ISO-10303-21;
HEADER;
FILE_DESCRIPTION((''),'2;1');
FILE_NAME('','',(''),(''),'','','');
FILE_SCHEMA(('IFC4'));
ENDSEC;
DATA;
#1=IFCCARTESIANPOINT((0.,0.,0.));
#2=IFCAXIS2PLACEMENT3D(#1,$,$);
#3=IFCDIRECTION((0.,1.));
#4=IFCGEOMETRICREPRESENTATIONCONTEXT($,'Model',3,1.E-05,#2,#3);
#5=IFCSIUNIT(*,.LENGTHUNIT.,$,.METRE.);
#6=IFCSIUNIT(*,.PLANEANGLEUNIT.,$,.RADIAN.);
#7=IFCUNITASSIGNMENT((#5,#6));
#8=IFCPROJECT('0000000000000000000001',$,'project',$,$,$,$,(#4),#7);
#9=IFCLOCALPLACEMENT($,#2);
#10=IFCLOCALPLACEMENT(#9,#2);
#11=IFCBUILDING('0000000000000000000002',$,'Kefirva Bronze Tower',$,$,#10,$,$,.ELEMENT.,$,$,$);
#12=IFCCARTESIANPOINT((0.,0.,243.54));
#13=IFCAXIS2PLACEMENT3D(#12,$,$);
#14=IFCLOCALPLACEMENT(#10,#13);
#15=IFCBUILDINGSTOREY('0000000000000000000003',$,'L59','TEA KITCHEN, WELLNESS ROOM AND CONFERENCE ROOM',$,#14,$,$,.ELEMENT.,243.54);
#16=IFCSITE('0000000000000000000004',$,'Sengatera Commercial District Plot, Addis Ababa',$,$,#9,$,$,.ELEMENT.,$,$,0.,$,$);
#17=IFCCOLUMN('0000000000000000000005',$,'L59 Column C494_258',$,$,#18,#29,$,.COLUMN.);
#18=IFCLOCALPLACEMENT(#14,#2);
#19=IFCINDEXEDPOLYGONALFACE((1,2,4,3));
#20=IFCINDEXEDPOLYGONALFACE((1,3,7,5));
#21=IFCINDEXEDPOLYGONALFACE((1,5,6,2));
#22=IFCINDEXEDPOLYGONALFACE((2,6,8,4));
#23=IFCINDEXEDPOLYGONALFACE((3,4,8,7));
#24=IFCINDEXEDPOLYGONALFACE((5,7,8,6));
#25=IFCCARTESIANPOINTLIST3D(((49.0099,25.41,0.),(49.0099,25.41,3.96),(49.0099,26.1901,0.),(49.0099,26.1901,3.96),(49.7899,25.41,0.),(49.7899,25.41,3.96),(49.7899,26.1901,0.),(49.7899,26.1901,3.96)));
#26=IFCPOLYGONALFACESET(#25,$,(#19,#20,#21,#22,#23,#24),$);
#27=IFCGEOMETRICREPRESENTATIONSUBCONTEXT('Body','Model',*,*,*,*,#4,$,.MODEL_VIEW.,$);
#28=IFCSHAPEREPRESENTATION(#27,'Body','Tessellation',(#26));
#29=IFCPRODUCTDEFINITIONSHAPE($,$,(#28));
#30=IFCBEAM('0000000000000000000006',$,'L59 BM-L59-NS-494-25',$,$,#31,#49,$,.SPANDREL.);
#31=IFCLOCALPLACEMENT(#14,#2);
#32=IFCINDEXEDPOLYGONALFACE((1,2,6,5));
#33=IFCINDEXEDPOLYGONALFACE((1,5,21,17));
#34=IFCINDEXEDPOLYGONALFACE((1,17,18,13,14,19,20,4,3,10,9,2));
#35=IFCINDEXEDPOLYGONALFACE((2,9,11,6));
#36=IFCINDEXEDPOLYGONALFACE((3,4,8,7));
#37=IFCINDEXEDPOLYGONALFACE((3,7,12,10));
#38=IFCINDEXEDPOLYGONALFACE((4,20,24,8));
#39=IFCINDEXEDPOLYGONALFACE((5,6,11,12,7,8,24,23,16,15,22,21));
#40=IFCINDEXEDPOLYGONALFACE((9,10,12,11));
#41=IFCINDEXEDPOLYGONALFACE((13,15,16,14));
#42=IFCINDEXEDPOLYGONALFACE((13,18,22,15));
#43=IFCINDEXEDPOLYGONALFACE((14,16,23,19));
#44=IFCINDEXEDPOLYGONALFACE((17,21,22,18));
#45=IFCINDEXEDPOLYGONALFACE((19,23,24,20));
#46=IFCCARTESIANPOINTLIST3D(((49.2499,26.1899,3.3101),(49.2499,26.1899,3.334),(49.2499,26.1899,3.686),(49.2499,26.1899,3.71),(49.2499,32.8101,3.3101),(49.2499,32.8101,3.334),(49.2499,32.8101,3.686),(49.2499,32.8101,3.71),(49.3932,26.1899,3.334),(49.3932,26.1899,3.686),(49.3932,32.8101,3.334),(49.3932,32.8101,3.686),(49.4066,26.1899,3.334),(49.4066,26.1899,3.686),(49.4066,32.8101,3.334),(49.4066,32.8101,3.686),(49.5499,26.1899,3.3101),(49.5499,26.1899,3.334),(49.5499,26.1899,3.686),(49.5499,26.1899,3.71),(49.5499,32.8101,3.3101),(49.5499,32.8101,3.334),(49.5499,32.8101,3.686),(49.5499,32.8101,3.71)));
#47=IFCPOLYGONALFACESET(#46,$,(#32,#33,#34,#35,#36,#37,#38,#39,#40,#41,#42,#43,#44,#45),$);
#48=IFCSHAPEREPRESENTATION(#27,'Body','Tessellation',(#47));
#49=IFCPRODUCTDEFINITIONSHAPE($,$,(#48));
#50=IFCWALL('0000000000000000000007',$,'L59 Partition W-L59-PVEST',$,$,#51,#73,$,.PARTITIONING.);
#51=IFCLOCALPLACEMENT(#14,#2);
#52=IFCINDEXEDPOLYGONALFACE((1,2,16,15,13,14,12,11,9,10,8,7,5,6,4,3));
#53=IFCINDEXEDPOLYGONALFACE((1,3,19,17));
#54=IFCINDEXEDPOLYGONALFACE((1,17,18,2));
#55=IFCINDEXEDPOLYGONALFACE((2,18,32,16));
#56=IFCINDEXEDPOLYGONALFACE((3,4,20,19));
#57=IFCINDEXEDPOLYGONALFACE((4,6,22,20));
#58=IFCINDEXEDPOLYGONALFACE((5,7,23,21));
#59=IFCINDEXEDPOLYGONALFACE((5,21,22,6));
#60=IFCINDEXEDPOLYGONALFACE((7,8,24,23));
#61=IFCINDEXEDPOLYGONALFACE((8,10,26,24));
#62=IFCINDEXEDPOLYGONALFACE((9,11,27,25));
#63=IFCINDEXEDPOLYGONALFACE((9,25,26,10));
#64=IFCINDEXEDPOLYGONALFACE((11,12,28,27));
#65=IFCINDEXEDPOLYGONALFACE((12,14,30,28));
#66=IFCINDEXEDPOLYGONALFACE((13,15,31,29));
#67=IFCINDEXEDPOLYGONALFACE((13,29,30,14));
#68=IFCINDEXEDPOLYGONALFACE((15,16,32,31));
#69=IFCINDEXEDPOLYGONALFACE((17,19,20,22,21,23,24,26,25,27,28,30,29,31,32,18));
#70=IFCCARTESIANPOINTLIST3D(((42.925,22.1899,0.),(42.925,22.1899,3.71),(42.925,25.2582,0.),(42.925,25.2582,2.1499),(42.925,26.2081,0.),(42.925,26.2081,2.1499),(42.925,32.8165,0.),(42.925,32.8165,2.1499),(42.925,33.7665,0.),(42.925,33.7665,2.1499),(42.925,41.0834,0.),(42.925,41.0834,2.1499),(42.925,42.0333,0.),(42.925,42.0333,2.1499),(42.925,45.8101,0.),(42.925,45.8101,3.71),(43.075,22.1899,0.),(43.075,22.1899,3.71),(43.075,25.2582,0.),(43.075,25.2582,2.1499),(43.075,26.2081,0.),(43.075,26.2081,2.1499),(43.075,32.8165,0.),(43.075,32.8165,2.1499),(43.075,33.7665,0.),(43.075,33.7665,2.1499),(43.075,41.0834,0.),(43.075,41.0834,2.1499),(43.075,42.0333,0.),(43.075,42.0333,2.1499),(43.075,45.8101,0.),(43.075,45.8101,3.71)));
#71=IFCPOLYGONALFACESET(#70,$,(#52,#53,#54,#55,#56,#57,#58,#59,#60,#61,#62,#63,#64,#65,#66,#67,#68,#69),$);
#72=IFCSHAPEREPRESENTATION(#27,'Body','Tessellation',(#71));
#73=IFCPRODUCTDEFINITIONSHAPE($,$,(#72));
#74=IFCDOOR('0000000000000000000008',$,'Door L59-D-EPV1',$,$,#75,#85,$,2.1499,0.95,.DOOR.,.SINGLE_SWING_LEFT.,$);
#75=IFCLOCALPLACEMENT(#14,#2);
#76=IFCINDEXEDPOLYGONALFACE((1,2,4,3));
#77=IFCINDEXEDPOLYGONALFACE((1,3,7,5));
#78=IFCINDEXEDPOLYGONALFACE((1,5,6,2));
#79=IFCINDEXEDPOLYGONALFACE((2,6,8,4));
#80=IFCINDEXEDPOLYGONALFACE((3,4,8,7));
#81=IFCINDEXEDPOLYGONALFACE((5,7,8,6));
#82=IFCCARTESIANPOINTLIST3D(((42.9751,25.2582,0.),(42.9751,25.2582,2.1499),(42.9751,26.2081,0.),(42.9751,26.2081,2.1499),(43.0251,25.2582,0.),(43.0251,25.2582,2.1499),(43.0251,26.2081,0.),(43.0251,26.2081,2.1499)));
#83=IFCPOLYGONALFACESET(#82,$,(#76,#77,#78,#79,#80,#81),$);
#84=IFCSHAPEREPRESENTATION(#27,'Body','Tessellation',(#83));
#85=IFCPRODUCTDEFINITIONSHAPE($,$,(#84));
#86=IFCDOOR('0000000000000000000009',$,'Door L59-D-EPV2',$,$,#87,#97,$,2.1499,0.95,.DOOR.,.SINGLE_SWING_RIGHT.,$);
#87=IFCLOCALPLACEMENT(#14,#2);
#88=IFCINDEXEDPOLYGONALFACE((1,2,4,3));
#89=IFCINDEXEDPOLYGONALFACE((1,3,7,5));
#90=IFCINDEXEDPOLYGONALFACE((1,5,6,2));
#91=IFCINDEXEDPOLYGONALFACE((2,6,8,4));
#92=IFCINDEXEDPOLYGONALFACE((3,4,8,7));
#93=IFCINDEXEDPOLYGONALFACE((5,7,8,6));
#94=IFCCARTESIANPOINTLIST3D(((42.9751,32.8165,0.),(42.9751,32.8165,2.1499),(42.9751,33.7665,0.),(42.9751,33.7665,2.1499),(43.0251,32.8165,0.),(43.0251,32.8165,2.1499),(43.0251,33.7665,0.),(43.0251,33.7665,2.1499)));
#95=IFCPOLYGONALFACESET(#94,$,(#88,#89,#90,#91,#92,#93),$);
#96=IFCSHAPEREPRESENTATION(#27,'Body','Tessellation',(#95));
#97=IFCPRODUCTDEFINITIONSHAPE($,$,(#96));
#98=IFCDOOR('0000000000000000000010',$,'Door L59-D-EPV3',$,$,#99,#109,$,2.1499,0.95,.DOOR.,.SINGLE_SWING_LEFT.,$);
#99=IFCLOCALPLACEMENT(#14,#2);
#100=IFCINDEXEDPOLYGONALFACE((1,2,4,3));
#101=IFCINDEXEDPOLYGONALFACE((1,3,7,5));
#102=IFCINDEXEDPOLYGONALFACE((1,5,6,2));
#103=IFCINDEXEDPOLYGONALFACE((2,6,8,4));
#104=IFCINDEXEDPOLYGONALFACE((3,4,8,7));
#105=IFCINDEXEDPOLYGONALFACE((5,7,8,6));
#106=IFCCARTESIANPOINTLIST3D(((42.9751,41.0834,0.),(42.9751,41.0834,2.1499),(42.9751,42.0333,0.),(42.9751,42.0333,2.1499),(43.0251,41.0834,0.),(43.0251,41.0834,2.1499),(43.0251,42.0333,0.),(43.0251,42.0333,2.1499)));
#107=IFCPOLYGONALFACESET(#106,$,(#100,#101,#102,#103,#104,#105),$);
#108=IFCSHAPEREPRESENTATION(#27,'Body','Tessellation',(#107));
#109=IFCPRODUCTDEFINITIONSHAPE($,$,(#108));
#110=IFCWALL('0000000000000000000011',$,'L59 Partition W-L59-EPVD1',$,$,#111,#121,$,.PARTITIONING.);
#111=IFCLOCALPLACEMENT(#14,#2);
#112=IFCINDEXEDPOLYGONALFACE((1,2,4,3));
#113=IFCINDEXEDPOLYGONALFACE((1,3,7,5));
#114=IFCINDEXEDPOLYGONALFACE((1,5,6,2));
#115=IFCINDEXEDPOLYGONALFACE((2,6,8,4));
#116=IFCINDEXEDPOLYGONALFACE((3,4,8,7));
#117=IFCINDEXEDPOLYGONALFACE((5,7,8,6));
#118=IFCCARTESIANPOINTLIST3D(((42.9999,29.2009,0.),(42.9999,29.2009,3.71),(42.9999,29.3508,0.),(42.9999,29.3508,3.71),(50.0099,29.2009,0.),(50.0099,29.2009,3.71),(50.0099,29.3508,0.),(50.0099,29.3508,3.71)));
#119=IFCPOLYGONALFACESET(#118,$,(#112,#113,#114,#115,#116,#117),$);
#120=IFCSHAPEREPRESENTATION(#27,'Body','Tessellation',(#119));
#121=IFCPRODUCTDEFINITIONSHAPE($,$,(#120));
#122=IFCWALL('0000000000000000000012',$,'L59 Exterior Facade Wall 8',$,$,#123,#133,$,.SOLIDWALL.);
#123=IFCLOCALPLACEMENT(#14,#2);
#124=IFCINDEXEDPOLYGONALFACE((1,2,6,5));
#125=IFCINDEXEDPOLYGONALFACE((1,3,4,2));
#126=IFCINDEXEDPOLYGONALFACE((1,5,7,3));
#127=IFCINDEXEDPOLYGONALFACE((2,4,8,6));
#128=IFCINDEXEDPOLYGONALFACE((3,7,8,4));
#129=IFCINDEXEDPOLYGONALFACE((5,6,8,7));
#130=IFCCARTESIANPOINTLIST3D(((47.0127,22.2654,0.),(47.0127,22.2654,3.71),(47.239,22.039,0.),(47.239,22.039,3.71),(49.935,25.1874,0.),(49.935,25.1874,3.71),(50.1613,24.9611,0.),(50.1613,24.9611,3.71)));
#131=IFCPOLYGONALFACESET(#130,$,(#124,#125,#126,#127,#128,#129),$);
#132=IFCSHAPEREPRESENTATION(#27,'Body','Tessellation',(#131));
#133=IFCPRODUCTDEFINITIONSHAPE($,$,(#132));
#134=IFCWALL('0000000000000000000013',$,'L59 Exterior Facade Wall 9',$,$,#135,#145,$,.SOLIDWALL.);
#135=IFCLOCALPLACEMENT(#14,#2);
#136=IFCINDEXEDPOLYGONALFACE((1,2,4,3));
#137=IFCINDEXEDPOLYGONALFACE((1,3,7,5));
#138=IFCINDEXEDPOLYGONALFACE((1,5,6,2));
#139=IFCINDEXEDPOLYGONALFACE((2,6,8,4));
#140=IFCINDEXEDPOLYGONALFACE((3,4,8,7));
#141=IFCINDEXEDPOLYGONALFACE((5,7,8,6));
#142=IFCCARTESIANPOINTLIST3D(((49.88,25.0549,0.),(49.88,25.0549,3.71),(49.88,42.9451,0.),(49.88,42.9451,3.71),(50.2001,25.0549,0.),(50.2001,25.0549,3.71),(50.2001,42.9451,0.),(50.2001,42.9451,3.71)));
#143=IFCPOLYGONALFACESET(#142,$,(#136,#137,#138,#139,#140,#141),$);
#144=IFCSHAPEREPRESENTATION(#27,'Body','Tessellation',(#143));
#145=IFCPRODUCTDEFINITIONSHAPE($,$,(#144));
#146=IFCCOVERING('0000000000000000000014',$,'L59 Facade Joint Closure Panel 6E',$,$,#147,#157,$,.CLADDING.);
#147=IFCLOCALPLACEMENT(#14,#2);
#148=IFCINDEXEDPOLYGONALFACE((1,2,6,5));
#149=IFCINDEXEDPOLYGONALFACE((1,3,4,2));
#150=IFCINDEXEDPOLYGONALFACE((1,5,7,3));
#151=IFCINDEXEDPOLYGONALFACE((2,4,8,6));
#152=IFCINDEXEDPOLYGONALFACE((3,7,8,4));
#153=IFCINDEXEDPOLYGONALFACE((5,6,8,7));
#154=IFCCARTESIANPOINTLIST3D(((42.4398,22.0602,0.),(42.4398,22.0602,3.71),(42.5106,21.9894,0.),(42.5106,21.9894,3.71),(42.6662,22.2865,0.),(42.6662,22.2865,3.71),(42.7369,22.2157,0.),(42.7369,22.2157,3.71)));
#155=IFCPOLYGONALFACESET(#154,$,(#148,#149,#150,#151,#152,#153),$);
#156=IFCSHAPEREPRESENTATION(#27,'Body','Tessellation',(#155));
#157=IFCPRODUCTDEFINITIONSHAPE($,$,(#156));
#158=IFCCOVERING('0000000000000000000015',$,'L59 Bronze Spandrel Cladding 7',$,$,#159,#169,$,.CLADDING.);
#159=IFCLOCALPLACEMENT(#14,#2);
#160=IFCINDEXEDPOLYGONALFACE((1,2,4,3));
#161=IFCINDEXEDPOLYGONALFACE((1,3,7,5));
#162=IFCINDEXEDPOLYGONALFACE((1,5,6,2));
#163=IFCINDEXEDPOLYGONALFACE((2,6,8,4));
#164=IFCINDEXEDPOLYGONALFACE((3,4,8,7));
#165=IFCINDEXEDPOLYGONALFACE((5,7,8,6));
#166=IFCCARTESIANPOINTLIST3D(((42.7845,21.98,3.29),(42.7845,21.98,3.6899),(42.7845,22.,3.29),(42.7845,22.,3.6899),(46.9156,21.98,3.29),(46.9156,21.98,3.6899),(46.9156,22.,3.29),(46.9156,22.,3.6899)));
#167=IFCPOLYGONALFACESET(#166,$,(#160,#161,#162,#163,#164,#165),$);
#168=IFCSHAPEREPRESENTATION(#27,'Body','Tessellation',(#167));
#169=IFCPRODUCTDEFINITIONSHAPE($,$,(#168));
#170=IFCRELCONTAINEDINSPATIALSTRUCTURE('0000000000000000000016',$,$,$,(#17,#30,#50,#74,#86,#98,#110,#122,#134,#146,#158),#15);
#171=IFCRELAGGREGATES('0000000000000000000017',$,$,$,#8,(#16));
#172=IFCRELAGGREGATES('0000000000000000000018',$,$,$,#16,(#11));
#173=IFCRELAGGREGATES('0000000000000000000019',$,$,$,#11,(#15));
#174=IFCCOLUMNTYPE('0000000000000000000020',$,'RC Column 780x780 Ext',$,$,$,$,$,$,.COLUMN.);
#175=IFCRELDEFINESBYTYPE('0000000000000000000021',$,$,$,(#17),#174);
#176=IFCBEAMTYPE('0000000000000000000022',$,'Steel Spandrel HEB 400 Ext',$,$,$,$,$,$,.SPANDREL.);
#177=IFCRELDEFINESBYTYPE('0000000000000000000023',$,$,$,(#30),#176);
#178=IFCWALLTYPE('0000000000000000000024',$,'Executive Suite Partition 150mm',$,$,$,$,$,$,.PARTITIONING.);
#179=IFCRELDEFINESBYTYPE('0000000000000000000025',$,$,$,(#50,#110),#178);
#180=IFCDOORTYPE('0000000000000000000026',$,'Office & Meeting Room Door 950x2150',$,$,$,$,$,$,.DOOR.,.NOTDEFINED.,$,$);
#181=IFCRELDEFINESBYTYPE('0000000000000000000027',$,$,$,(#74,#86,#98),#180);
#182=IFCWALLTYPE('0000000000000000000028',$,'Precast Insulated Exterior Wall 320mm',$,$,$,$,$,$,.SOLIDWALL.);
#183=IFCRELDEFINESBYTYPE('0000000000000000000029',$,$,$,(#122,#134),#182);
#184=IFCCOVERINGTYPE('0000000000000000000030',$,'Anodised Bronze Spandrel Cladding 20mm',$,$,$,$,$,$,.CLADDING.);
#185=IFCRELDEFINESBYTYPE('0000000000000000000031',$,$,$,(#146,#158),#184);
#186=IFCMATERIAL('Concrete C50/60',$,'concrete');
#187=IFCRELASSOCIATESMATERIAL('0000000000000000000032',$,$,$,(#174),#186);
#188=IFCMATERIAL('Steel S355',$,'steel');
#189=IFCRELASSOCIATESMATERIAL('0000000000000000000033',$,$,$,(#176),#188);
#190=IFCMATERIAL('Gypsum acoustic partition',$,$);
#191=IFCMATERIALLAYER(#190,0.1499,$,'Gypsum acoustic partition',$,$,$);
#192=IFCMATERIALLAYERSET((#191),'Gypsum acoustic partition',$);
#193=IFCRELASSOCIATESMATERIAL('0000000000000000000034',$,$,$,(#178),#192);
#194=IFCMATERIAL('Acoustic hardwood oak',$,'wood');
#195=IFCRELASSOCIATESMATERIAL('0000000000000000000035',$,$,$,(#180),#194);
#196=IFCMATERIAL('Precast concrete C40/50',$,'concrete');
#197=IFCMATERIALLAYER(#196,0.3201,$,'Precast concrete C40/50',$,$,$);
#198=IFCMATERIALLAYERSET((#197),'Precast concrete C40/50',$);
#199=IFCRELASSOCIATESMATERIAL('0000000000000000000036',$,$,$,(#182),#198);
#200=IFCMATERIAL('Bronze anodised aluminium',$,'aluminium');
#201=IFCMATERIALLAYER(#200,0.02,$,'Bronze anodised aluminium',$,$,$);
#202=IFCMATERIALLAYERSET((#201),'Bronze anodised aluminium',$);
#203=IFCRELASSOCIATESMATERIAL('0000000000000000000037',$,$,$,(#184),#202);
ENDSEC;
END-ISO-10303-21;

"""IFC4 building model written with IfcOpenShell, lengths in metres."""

from ifc_helpers import new_model, si_unit, direction, frame, frame_2d, origin, origin_2d, place, context, subcontext, project, spatial, rectangle, i_section, extrude, material, layer, layer_set, material_profile, profile_set, type_object, element, fill, save


model = new_model("IFC4")

# Units and contexts
model_context = context("Model", 3, precision=1e-05, world=origin(), true_north=direction((0.0, 1.0)))
body_context = subcontext(model_context, "Body", "Model", "MODEL_VIEW")
ifc_project = project(units=[si_unit("LENGTHUNIT", "METRE"), si_unit("PLANEANGLEUNIT", "RADIAN")], contexts=[model_context])

# Site, building, storey
site_placement = place(None, origin())
site = spatial("IfcSite", under=ifc_project, at=site_placement, Name="Sengatera Commercial District Plot, Addis Ababa", CompositionType="ELEMENT", RefElevation=0.0)
building_placement = place(site_placement, origin())
building = spatial("IfcBuilding", under=site, at=building_placement, Name="Kefirva Bronze Tower", CompositionType="ELEMENT")
storey_placement = place(building_placement, frame((0.0, 0.0, 243.54)))
storey = spatial("IfcBuildingStorey", under=building, at=storey_placement, Name="L59", Description="TEA KITCHEN, WELLNESS ROOM AND CONFERENCE ROOM", CompositionType="ELEMENT", Elevation=243.54)

# Column
ifc_material_1 = material(Name="Concrete C50/60", Category="concrete")
ifc_material_profile_1 = material_profile(ifc_material_1, rectangle(XDim=0.78, YDim=0.78, at=origin_2d()), Name="RC 780x780")
ifc_profile_set_1 = profile_set([ifc_material_profile_1], Name="Concrete C50/60")
column_type = type_object("IfcColumnType", Name="RC Column 780x780 Ext", PredefinedType="COLUMN", material=ifc_profile_set_1)
column_placement = place(storey_placement, frame((49.3999, 25.8, 0.0), z_axis=(0.0, 0.0, 1.0), x_axis=(1.0, 0.0, 0.0)))
element("IfcColumn", 1, at=column_placement, inside=storey, type_object=column_type, Name="L59 Column C494_258", PredefinedType="COLUMN", context=body_context, shape_type="SweptSolid", body=[
    extrude(rectangle(XDim=0.78, YDim=0.78, at=origin_2d()), origin(), (0.0, 0.0, 1.0), 3.96),
])

# Beam
ifc_material_2 = material(Name="Steel S355", Category="steel")
ifc_material_profile_2 = material_profile(ifc_material_2, i_section(OverallWidth=0.3, OverallDepth=0.3999, WebThickness=0.0134, FlangeThickness=0.0239, at=origin_2d()), Name="HEB 400")
ifc_profile_set_2 = profile_set([ifc_material_profile_2], Name="Steel S355")
beam_type = type_object("IfcBeamType", Name="Steel Spandrel HEB 400 Ext", PredefinedType="SPANDREL", material=ifc_profile_set_2)
beam_placement = place(storey_placement, frame((49.3999, 26.1899, 3.51), z_axis=(0.0, 1.0, 0.0), x_axis=(-1.0, 0.0, 0.0)))
element("IfcBeam", 2, at=beam_placement, inside=storey, type_object=beam_type, Name="L59 BM-L59-NS-494-25", PredefinedType="SPANDREL", context=body_context, shape_type="SweptSolid", body=[
    extrude(i_section(OverallWidth=0.3, OverallDepth=0.3999, WebThickness=0.0134, FlangeThickness=0.0239, at=origin_2d()), origin(), (0.0, 0.0, 1.0), 6.6201),
])

# Wall, openings, doors
ifc_material_3 = material(Name="Gypsum acoustic partition")
ifc_layer_1 = layer(ifc_material_3, 0.1499, Name="Gypsum acoustic partition")
ifc_layer_set_1 = layer_set([ifc_layer_1], Name="Gypsum acoustic partition")
wall_type_1 = type_object("IfcWallType", Name="Executive Suite Partition 150mm", PredefinedType="PARTITIONING", material=ifc_layer_set_1)
wall_1_placement = place(storey_placement, frame((43.0, 22.1899, 0.0), z_axis=(0.0, 0.0, 1.0), x_axis=(0.0, 1.0, 0.0)))
wall_1 = element("IfcWall", 3, at=wall_1_placement, inside=storey, type_object=wall_type_1, Name="L59 Partition W-L59-PVEST", PredefinedType="PARTITIONING", context=body_context, shape_type="SweptSolid", body=[
    extrude(rectangle(XDim=23.6201, YDim=0.1499, at=frame_2d((11.8101, 0.0))), origin(), (0.0, 0.0, 1.0), 3.71),
])
opening_1_placement = place(wall_1_placement, frame((3.0681, 0.0, 0.0)))
opening_1 = element("IfcOpeningElement", 4, at=opening_1_placement, cuts=wall_1, PredefinedType="OPENING", context=body_context, shape_type="SweptSolid", body=[
    extrude(rectangle(XDim=0.95, YDim=2.1499, at=frame_2d((0.4751, 1.075))), frame((0.0, 0.085, 0.0), z_axis=(0.0, -1.0, 0.0), x_axis=(1.0, 0.0, 0.0)), (0.0, 0.0, 1.0), 0.1699),
])
opening_2_placement = place(wall_1_placement, frame((10.6265, 0.0, 0.0)))
opening_2 = element("IfcOpeningElement", 5, at=opening_2_placement, cuts=wall_1, PredefinedType="OPENING", context=body_context, shape_type="SweptSolid", body=[
    extrude(rectangle(XDim=0.95, YDim=2.1499, at=frame_2d((0.4751, 1.075))), frame((0.0, 0.085, 0.0), z_axis=(0.0, -1.0, 0.0), x_axis=(1.0, 0.0, 0.0)), (0.0, 0.0, 1.0), 0.1699),
])
opening_3_placement = place(wall_1_placement, frame((18.8933, 0.0, 0.0)))
opening_3 = element("IfcOpeningElement", 6, at=opening_3_placement, cuts=wall_1, PredefinedType="OPENING", context=body_context, shape_type="SweptSolid", body=[
    extrude(rectangle(XDim=0.95, YDim=2.1499, at=frame_2d((0.4751, 1.075))), frame((0.0, 0.085, 0.0), z_axis=(0.0, -1.0, 0.0), x_axis=(1.0, 0.0, 0.0)), (0.0, 0.0, 1.0), 0.1699),
])
ifc_material_4 = material(Name="Acoustic hardwood oak", Category="wood")
door_type = type_object("IfcDoorType", Name="Office & Meeting Room Door 950x2150", OperationType="NOTDEFINED", PredefinedType="DOOR", material=ifc_material_4)
door_1_placement = place(opening_1_placement, origin())
door_1 = element("IfcDoor", 7, at=door_1_placement, inside=storey, type_object=door_type, Name="Door L59-D-EPV1", OperationType="SINGLE_SWING_LEFT", OverallHeight=2.1499, OverallWidth=0.95, PredefinedType="DOOR", context=body_context, shape_type="SweptSolid", body=[
    extrude(rectangle(XDim=0.95, YDim=2.1499, at=frame_2d((0.4751, 1.075))), frame((0.0, 0.0249, 0.0), z_axis=(0.0, -1.0, 0.0), x_axis=(1.0, 0.0, 0.0)), (0.0, 0.0, 1.0), 0.05),
])
fill(opening_1, door_1)
door_2_placement = place(opening_2_placement, origin())
door_2 = element("IfcDoor", 8, at=door_2_placement, inside=storey, type_object=door_type, Name="Door L59-D-EPV2", OperationType="SINGLE_SWING_RIGHT", OverallHeight=2.1499, OverallWidth=0.95, PredefinedType="DOOR", context=body_context, shape_type="SweptSolid", body=[
    extrude(rectangle(XDim=0.95, YDim=2.1499, at=frame_2d((0.4751, 1.075))), frame((0.0, 0.0249, 0.0), z_axis=(0.0, -1.0, 0.0), x_axis=(1.0, 0.0, 0.0)), (0.0, 0.0, 1.0), 0.05),
])
fill(opening_2, door_2)
door_3_placement = place(opening_3_placement, origin())
door_3 = element("IfcDoor", 9, at=door_3_placement, inside=storey, type_object=door_type, Name="Door L59-D-EPV3", OperationType="SINGLE_SWING_LEFT", OverallHeight=2.1499, OverallWidth=0.95, PredefinedType="DOOR", context=body_context, shape_type="SweptSolid", body=[
    extrude(rectangle(XDim=0.95, YDim=2.1499, at=frame_2d((0.4751, 1.075))), frame((0.0, 0.0249, 0.0), z_axis=(0.0, -1.0, 0.0), x_axis=(1.0, 0.0, 0.0)), (0.0, 0.0, 1.0), 0.05),
])
fill(opening_3, door_3)

# Walls
wall_2_placement = place(storey_placement, frame((43.0, 29.2759, 0.0), z_axis=(0.0, 0.0, 1.0), x_axis=(1.0, 0.0, 0.0)))
element("IfcWall", 10, at=wall_2_placement, inside=storey, type_object=wall_type_1, Name="L59 Partition W-L59-EPVD1", PredefinedType="PARTITIONING", context=body_context, shape_type="SweptSolid", body=[
    extrude(rectangle(XDim=7.01, YDim=0.1499, at=frame_2d((3.5049, 0.0))), origin(), (0.0, 0.0, 1.0), 3.71),
])
ifc_material_5 = material(Name="Precast concrete C40/50", Category="concrete")
ifc_layer_2 = layer(ifc_material_5, 0.3201, Name="Precast concrete C40/50")
ifc_layer_set_2 = layer_set([ifc_layer_2], Name="Precast concrete C40/50")
wall_type_2 = type_object("IfcWallType", Name="Precast Insulated Exterior Wall 320mm", PredefinedType="SOLIDWALL", material=ifc_layer_set_2)
wall_3_placement = place(storey_placement, frame((47.1257, 22.1521, 0.0), z_axis=(0.0, 0.0, 1.0), x_axis=(0.707136, 0.707077, 0.0)))
element("IfcWall", 11, at=wall_3_placement, inside=storey, type_object=wall_type_2, Name="L59 Exterior Facade Wall 8", PredefinedType="SOLIDWALL", context=body_context, shape_type="SweptSolid", body=[
    extrude(rectangle(XDim=4.1326, YDim=0.3201, at=frame_2d((2.0664, 0.0))), origin(), (0.0, 0.0, 1.0), 3.71),
])
wall_4_placement = place(storey_placement, frame((50.04, 25.0549, 0.0), z_axis=(0.0, 0.0, 1.0), x_axis=(0.0, 1.0, 0.0)))
element("IfcWall", 12, at=wall_4_placement, inside=storey, type_object=wall_type_2, Name="L59 Exterior Facade Wall 9", PredefinedType="SOLIDWALL", context=body_context, shape_type="SweptSolid", body=[
    extrude(rectangle(XDim=17.8901, YDim=0.3201, at=frame_2d((8.9451, 0.0))), origin(), (0.0, 0.0, 1.0), 3.71),
])

# Coverings
ifc_material_6 = material(Name="Bronze anodised aluminium", Category="aluminium")
ifc_layer_3 = layer(ifc_material_6, 0.02, Name="Bronze anodised aluminium")
ifc_layer_set_3 = layer_set([ifc_layer_3], Name="Bronze anodised aluminium")
covering_type_1 = type_object("IfcCoveringType", Name="Anodised Bronze Spandrel Cladding 20mm", PredefinedType="CLADDING", material=ifc_layer_set_3)
covering_1_placement = place(storey_placement, frame((42.5884, 22.1379, 0.0), z_axis=(0.0, 0.0, 1.0), x_axis=(0.707107, -0.707107, 0.0)))
element("IfcCovering", 13, at=covering_1_placement, inside=storey, type_object=covering_type_1, Name="L59 Facade Joint Closure Panel 6E", PredefinedType="CLADDING", context=body_context, shape_type="SweptSolid", body=[
    extrude(rectangle(XDim=0.1001, YDim=0.3201, at=origin_2d()), origin(), (0.0, 0.0, 1.0), 3.71),
])
covering_2_placement = place(storey_placement, frame((44.8501, 21.99, 3.29), z_axis=(0.0, 0.0, 1.0), x_axis=(1.0, 0.0, 0.0)))
element("IfcCovering", 14, at=covering_2_placement, inside=storey, type_object=covering_type_1, Name="L59 Bronze Spandrel Cladding 7", PredefinedType="CLADDING", context=body_context, shape_type="SweptSolid", body=[
    extrude(rectangle(XDim=4.1311, YDim=0.02, at=origin_2d()), origin(), (0.0, 0.0, 1.0), 0.3999),
])

save(model, "model.ifc")
